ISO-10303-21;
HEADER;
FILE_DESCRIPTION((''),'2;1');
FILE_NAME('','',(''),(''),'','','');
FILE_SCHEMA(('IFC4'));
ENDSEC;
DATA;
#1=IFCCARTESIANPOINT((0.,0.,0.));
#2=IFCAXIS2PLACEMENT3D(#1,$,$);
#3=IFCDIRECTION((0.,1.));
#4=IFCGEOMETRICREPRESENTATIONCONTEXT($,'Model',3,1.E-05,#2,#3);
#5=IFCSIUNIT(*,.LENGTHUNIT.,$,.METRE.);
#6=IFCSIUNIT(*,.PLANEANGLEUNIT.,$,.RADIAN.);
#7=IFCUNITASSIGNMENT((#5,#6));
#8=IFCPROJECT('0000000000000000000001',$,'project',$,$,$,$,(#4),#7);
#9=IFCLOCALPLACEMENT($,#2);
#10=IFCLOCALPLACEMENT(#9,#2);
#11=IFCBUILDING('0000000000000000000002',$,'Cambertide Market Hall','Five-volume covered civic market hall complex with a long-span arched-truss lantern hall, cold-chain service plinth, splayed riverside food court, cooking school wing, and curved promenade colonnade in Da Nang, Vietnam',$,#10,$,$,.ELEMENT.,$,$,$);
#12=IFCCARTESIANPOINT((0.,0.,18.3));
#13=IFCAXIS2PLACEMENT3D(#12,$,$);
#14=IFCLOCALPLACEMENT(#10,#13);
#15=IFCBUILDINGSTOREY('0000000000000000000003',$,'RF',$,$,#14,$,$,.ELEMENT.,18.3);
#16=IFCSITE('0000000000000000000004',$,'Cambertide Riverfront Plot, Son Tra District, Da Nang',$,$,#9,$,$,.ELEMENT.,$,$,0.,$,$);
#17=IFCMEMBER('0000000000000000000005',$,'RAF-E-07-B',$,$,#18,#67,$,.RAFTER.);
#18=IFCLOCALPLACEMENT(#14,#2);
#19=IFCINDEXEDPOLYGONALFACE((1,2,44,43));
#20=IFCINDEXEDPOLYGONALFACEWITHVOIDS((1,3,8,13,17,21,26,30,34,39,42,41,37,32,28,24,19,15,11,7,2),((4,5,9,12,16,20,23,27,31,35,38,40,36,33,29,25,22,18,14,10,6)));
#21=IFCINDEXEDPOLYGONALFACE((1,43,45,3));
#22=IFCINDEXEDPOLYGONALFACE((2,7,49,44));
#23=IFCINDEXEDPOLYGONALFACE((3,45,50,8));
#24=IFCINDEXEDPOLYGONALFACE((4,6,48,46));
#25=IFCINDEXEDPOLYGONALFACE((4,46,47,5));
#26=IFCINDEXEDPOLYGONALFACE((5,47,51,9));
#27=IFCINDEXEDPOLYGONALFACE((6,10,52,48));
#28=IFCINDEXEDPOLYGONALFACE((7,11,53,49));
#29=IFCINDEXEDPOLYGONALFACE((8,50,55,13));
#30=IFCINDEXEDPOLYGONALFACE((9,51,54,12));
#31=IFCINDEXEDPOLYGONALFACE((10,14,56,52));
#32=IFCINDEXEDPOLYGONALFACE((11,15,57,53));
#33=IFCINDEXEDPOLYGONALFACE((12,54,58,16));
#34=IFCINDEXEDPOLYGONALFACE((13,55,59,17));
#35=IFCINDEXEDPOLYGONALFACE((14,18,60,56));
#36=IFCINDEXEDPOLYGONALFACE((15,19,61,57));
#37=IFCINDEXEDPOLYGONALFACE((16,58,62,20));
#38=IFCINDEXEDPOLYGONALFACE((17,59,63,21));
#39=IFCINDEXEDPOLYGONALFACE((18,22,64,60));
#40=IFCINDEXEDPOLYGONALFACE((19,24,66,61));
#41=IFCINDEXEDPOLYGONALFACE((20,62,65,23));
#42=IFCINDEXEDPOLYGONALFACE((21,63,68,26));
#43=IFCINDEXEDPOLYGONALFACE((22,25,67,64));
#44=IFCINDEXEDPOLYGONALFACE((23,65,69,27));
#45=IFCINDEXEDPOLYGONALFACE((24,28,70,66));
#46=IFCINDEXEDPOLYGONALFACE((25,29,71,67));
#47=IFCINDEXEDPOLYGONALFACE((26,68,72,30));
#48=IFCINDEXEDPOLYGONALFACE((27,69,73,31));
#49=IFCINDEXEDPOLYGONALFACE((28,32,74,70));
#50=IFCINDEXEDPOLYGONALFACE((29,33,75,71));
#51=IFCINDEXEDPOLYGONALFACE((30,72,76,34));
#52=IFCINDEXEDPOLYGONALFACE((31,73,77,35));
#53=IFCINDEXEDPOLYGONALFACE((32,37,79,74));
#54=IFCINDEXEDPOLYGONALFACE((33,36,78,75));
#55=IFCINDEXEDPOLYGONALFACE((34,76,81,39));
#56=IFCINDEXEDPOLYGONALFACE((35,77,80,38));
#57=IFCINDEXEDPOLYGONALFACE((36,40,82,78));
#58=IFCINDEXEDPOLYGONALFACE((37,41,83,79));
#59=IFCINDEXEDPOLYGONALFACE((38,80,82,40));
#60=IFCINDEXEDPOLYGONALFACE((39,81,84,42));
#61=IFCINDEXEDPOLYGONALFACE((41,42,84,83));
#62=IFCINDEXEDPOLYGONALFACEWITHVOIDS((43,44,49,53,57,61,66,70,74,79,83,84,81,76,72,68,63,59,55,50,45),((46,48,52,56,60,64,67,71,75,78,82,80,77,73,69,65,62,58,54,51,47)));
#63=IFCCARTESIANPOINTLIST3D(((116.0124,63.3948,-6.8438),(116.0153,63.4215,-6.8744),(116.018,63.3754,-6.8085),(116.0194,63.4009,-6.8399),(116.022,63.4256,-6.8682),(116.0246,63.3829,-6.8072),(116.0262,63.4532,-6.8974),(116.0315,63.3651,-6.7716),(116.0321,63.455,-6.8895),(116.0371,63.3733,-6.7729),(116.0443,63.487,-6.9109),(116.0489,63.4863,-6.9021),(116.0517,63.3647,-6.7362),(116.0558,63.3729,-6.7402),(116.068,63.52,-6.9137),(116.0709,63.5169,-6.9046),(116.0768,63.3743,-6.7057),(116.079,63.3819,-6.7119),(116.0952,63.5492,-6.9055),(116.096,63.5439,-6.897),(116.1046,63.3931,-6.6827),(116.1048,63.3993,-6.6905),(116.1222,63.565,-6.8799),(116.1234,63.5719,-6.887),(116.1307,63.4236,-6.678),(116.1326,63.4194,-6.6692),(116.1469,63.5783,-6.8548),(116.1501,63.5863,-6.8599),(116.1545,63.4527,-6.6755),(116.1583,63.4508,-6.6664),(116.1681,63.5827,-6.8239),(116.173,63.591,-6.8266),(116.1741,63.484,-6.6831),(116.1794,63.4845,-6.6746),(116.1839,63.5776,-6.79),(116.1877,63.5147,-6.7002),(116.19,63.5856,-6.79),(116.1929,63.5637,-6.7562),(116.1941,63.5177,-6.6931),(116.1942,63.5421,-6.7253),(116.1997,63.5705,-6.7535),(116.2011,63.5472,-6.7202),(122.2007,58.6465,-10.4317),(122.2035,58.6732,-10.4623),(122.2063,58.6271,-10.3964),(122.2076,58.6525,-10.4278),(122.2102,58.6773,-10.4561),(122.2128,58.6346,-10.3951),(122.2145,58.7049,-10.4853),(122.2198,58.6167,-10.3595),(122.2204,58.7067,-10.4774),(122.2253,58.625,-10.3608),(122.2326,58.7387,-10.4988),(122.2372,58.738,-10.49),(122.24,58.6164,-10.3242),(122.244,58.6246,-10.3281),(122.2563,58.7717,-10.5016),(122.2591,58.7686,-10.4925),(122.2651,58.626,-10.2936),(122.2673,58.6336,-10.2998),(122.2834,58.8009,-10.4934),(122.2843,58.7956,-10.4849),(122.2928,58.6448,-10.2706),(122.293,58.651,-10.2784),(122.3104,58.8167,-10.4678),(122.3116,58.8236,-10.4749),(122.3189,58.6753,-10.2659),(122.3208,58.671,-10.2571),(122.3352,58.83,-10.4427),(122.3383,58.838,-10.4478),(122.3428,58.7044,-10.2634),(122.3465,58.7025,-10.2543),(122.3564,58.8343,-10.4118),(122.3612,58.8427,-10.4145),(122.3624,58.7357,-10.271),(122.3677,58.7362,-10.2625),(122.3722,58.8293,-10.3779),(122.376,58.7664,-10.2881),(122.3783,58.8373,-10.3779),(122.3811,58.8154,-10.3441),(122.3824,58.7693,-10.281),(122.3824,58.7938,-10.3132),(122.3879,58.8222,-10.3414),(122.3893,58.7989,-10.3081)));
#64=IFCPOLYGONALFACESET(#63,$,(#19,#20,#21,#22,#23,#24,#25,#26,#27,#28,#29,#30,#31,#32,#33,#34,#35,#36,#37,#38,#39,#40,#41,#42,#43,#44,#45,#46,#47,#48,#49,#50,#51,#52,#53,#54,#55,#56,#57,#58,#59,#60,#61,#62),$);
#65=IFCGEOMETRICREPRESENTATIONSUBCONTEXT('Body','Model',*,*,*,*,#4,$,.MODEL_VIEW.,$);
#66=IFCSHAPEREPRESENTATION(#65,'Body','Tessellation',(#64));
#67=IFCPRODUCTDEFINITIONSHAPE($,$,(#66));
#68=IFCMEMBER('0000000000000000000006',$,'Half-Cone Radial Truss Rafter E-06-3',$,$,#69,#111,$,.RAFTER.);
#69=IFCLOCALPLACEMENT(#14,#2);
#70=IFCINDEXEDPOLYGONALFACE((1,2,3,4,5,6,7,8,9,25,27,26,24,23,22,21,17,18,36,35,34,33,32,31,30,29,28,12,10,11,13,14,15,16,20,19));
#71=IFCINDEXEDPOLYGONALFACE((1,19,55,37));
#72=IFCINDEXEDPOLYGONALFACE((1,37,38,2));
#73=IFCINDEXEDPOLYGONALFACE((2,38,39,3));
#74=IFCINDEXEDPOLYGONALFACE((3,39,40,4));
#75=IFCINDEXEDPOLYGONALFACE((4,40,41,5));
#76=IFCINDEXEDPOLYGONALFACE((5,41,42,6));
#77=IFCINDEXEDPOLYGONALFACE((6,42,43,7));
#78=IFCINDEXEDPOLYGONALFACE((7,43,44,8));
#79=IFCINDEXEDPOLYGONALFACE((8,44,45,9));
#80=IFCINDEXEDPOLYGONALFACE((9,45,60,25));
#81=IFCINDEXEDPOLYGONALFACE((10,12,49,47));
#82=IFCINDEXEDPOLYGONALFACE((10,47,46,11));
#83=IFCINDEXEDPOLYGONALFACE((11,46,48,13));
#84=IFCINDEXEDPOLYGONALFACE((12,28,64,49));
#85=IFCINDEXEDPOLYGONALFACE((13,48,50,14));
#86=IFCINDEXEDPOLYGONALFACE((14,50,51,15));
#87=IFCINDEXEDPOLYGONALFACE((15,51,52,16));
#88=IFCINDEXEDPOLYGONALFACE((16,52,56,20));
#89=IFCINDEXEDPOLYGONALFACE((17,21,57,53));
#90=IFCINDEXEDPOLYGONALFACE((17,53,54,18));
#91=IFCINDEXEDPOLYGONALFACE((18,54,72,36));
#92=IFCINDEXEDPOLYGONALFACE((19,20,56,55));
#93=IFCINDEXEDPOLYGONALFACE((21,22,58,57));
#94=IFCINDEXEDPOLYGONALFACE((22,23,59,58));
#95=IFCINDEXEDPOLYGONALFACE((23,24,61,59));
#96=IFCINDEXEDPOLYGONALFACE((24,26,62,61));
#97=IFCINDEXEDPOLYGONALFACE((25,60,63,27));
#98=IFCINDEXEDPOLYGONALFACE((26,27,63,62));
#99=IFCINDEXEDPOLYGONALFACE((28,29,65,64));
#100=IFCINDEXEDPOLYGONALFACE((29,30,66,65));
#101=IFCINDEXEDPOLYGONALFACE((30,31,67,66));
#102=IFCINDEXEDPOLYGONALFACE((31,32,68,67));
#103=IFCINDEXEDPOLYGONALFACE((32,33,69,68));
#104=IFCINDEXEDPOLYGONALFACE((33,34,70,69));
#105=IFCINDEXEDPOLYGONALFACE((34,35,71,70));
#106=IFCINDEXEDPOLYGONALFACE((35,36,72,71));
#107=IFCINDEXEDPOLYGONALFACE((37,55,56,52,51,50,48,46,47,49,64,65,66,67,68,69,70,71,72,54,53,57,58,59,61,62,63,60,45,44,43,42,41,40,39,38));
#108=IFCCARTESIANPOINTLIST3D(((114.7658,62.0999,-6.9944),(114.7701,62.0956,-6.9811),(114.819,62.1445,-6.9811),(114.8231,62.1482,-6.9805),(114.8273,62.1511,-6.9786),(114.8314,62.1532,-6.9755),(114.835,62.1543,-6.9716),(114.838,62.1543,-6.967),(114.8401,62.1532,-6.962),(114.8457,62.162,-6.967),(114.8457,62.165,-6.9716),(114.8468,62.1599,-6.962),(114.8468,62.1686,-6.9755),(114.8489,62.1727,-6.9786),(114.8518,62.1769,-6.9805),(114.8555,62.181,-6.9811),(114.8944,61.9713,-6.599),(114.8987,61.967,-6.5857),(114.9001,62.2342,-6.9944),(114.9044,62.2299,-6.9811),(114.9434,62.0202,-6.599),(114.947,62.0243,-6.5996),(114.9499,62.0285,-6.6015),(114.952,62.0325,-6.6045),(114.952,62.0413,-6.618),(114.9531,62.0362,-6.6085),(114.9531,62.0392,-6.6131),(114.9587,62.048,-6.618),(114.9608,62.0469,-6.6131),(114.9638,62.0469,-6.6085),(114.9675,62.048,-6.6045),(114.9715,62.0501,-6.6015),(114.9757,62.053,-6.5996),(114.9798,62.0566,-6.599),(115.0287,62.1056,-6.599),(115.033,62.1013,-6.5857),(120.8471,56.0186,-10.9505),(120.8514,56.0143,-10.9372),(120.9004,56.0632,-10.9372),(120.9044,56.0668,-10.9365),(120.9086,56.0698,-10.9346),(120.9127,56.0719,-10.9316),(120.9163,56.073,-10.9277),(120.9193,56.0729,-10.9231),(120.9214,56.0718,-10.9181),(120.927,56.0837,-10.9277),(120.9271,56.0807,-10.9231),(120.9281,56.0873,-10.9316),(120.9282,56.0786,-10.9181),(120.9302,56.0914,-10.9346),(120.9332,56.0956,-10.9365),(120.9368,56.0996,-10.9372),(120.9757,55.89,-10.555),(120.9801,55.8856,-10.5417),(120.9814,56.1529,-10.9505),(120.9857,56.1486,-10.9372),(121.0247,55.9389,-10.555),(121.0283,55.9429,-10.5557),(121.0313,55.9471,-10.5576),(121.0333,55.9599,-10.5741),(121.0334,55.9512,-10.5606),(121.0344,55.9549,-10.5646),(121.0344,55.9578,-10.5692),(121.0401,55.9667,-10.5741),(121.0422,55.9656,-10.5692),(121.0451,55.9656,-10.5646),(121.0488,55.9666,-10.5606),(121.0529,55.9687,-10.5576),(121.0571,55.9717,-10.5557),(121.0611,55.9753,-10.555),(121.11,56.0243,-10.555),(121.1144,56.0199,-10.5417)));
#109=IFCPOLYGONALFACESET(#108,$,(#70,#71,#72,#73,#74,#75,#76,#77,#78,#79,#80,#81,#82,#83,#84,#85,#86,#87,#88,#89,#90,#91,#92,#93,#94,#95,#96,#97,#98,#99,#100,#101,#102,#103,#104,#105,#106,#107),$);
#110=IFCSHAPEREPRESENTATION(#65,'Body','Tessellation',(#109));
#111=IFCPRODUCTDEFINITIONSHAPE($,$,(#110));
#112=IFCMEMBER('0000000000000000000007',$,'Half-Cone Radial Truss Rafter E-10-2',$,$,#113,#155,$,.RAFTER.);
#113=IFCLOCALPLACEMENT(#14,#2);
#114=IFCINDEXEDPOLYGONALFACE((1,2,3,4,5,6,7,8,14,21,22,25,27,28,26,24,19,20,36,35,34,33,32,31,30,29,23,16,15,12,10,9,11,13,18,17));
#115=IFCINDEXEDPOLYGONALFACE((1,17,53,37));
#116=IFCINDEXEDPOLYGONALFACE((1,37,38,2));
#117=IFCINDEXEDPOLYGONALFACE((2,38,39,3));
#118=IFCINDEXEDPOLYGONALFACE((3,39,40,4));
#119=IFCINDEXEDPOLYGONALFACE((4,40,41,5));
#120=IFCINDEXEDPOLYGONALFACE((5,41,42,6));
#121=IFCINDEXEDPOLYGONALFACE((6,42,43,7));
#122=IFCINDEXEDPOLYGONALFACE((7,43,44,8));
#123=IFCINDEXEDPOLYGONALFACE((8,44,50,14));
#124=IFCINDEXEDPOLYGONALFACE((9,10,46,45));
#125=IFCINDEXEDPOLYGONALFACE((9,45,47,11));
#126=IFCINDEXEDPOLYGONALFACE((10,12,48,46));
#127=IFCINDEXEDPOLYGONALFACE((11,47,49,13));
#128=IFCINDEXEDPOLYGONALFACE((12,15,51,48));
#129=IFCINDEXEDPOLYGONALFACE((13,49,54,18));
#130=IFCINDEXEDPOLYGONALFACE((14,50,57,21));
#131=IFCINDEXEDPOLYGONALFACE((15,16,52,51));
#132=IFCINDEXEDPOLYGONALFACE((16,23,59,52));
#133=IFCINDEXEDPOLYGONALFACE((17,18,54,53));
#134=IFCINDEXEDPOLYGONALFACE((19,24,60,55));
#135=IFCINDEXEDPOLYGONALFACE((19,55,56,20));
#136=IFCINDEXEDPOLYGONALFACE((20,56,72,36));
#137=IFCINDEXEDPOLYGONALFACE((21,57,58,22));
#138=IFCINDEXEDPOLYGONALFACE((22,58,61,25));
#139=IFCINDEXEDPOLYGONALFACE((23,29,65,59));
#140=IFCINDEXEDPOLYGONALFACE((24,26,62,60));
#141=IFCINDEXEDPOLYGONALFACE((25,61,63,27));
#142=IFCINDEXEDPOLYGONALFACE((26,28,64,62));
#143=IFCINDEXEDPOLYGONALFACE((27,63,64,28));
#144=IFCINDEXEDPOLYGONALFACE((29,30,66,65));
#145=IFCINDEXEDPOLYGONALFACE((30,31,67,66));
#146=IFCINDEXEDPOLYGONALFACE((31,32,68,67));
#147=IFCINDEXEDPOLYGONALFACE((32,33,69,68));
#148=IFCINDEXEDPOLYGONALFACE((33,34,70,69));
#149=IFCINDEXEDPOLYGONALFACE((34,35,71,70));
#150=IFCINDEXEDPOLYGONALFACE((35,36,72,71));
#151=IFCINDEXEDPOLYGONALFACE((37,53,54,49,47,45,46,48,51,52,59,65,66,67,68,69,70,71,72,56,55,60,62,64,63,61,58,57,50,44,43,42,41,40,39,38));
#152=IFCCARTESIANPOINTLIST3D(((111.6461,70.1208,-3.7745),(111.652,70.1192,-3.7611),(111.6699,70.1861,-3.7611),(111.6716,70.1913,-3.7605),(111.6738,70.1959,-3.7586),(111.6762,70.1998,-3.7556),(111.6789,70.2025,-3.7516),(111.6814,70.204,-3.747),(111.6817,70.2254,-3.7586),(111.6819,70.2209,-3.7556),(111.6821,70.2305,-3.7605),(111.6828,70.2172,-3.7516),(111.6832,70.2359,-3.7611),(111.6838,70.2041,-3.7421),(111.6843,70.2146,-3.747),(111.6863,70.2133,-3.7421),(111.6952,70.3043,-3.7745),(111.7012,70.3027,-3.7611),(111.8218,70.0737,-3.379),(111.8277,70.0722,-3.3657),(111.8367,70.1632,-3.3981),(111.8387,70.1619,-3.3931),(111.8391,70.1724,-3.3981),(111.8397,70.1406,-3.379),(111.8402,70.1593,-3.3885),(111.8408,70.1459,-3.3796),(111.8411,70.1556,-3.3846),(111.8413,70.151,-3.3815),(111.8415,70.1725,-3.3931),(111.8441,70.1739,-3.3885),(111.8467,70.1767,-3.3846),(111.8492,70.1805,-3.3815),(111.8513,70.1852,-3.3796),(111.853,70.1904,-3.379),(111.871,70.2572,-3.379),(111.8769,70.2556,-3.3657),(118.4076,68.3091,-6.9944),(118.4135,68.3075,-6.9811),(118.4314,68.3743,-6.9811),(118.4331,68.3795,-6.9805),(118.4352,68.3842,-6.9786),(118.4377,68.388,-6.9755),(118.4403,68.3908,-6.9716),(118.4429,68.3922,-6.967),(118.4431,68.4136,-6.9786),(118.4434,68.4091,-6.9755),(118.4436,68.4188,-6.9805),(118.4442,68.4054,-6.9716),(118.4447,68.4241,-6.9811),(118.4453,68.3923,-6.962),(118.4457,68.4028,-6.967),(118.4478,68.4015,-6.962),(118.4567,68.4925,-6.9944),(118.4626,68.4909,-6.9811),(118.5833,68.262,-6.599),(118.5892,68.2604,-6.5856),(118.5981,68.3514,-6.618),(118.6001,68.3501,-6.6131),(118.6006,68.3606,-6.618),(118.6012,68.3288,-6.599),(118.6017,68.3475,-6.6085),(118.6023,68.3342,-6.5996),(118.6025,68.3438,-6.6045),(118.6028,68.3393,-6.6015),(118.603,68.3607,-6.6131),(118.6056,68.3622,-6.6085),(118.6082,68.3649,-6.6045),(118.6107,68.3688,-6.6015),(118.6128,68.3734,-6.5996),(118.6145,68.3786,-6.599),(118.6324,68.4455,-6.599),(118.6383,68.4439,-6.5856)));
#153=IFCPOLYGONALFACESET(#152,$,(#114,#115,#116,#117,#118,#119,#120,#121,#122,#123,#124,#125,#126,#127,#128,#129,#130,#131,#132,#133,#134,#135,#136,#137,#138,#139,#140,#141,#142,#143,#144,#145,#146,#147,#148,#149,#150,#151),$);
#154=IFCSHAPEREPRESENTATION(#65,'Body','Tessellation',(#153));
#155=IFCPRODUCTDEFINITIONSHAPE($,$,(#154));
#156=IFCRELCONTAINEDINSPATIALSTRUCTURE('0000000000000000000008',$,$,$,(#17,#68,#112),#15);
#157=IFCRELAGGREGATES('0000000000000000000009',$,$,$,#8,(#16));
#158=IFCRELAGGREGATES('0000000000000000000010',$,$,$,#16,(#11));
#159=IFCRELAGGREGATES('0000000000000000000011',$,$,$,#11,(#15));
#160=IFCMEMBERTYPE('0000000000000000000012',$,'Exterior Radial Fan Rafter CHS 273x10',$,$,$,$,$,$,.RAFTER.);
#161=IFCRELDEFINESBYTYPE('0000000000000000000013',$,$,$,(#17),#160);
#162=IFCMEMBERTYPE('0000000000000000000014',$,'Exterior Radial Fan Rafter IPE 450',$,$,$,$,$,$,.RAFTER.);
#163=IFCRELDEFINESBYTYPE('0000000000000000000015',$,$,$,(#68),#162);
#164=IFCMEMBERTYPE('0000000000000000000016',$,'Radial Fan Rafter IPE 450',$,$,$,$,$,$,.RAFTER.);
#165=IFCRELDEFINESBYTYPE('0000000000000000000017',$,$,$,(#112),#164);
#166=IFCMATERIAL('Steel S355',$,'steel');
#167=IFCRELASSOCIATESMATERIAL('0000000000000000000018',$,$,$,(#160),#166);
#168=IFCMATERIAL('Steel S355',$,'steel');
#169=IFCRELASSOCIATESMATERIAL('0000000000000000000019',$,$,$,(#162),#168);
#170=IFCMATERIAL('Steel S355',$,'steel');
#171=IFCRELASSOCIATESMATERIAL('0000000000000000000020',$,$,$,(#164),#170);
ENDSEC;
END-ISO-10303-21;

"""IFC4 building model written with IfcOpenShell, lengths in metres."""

from ifc_helpers import new_model, si_unit, direction, frame, origin, origin_2d, place, context, subcontext, project, spatial, hollow_circle, i_section, extrude, material, material_profile, profile_set, type_object, element, save


model = new_model("IFC4")

# Units and contexts
model_context = context("Model", 3, precision=1e-05, world=origin(), true_north=direction((0.0, 1.0)))
body_context = subcontext(model_context, "Body", "Model", "MODEL_VIEW")
ifc_project = project(units=[si_unit("LENGTHUNIT", "METRE"), si_unit("PLANEANGLEUNIT", "RADIAN")], contexts=[model_context])

# Site, building, storey
site_placement = place(None, origin())
site = spatial("IfcSite", under=ifc_project, at=site_placement, Name="Cambertide Riverfront Plot, Son Tra District, Da Nang", CompositionType="ELEMENT", RefElevation=0.0)
building_placement = place(site_placement, origin())
building = spatial("IfcBuilding", under=site, at=building_placement, Name="Cambertide Market Hall", Description="Five-volume covered civic market hall complex with a long-span arched-truss lantern hall, cold-chain service plinth, splayed riverside food court, cooking school wing, and curved promenade colonnade in Da Nang, Vietnam", CompositionType="ELEMENT")
storey_placement = place(building_placement, frame((0.0, 0.0, 18.3)))
storey = spatial("IfcBuildingStorey", under=building, at=storey_placement, Name="RF", CompositionType="ELEMENT", Elevation=18.3)

# Members
ifc_material_1 = material(Name="Steel S355", Category="steel")
ifc_material_profile_1 = material_profile(ifc_material_1, hollow_circle(Radius=0.1365, WallThickness=0.01, at=origin_2d()), Name="CHS 273x10")
ifc_profile_set_1 = profile_set([ifc_material_profile_1], Name="Steel S355")
member_type_1 = type_object("IfcMemberType", Name="Exterior Radial Fan Rafter CHS 273x10", PredefinedType="RAFTER", material=ifc_profile_set_1)
member_1_placement = place(storey_placement, frame((116.1069, 63.4773, -6.79), z_axis=(0.720764, -0.553049, -0.417894), x_axis=(0.608753, 0.79336, 0.0)))
element("IfcMember", 1, at=member_1_placement, inside=storey, type_object=member_type_1, Name="RAF-E-07-B", PredefinedType="RAFTER", context=body_context, shape_type="SweptSolid", body=[
    extrude(hollow_circle(Radius=0.1365, WallThickness=0.01, at=origin_2d()), origin(), (0.0, 0.0, 1.0), 8.5857),
])
ifc_material_2 = material(Name="Steel S355", Category="steel")
ifc_material_profile_2 = material_profile(ifc_material_2, i_section(OverallWidth=0.1899, OverallDepth=0.45, WebThickness=0.0095, FlangeThickness=0.0146, FilletRadius=0.021, at=origin_2d()), Name="IPE 450")
ifc_profile_set_2 = profile_set([ifc_material_profile_2], Name="Steel S355")
member_type_2 = type_object("IfcMemberType", Name="Exterior Radial Fan Rafter IPE 450", PredefinedType="RAFTER", material=ifc_profile_set_2)
member_2_placement = place(storey_placement, frame((114.8994, 62.1006, -6.79), z_axis=(0.642402, -0.642402, -0.4179), x_axis=(0.707107, 0.707107, 0.0)))
element("IfcMember", 2, at=member_2_placement, inside=storey, type_object=member_type_2, Name="Half-Cone Radial Truss Rafter E-06-3", PredefinedType="RAFTER", context=body_context, shape_type="SweptSolid", body=[
    extrude(i_section(OverallWidth=0.1899, OverallDepth=0.45, WebThickness=0.0095, FlangeThickness=0.0146, FilletRadius=0.021, at=origin_2d()), origin(), (0.0, 0.0, 1.0), 9.4666),
])
ifc_material_3 = material(Name="Steel S355", Category="steel")
ifc_material_profile_3 = material_profile(ifc_material_3, i_section(OverallWidth=0.1899, OverallDepth=0.45, WebThickness=0.0095, FlangeThickness=0.0146, FilletRadius=0.021, at=origin_2d()), Name="IPE 450")
ifc_profile_set_3 = profile_set([ifc_material_profile_3], Name="Steel S355")
member_type_3 = type_object("IfcMemberType", Name="Radial Fan Rafter IPE 450", PredefinedType="RAFTER", material=ifc_profile_set_3)
for number, where, z_axis, x_axis, name in (
    (3, (111.7615, 70.1882, -3.5701), (0.877535, -0.235139, -0.417902), (0.258824, 0.965925, 0.0), "Half-Cone Radial Truss Rafter E-10-2"),
):
    element("IfcMember", number, at=place(storey_placement, frame(where, z_axis=z_axis, x_axis=x_axis)), inside=storey, type_object=member_type_3, Name=name, PredefinedType="RAFTER", context=body_context, shape_type="SweptSolid", body=[
        extrude(i_section(OverallWidth=0.1899, OverallDepth=0.45, WebThickness=0.0095, FlangeThickness=0.0146, FilletRadius=0.021, at=origin_2d()), origin(), (0.0, 0.0, 1.0), 7.7051),
    ])

save(model, "model.ifc")
